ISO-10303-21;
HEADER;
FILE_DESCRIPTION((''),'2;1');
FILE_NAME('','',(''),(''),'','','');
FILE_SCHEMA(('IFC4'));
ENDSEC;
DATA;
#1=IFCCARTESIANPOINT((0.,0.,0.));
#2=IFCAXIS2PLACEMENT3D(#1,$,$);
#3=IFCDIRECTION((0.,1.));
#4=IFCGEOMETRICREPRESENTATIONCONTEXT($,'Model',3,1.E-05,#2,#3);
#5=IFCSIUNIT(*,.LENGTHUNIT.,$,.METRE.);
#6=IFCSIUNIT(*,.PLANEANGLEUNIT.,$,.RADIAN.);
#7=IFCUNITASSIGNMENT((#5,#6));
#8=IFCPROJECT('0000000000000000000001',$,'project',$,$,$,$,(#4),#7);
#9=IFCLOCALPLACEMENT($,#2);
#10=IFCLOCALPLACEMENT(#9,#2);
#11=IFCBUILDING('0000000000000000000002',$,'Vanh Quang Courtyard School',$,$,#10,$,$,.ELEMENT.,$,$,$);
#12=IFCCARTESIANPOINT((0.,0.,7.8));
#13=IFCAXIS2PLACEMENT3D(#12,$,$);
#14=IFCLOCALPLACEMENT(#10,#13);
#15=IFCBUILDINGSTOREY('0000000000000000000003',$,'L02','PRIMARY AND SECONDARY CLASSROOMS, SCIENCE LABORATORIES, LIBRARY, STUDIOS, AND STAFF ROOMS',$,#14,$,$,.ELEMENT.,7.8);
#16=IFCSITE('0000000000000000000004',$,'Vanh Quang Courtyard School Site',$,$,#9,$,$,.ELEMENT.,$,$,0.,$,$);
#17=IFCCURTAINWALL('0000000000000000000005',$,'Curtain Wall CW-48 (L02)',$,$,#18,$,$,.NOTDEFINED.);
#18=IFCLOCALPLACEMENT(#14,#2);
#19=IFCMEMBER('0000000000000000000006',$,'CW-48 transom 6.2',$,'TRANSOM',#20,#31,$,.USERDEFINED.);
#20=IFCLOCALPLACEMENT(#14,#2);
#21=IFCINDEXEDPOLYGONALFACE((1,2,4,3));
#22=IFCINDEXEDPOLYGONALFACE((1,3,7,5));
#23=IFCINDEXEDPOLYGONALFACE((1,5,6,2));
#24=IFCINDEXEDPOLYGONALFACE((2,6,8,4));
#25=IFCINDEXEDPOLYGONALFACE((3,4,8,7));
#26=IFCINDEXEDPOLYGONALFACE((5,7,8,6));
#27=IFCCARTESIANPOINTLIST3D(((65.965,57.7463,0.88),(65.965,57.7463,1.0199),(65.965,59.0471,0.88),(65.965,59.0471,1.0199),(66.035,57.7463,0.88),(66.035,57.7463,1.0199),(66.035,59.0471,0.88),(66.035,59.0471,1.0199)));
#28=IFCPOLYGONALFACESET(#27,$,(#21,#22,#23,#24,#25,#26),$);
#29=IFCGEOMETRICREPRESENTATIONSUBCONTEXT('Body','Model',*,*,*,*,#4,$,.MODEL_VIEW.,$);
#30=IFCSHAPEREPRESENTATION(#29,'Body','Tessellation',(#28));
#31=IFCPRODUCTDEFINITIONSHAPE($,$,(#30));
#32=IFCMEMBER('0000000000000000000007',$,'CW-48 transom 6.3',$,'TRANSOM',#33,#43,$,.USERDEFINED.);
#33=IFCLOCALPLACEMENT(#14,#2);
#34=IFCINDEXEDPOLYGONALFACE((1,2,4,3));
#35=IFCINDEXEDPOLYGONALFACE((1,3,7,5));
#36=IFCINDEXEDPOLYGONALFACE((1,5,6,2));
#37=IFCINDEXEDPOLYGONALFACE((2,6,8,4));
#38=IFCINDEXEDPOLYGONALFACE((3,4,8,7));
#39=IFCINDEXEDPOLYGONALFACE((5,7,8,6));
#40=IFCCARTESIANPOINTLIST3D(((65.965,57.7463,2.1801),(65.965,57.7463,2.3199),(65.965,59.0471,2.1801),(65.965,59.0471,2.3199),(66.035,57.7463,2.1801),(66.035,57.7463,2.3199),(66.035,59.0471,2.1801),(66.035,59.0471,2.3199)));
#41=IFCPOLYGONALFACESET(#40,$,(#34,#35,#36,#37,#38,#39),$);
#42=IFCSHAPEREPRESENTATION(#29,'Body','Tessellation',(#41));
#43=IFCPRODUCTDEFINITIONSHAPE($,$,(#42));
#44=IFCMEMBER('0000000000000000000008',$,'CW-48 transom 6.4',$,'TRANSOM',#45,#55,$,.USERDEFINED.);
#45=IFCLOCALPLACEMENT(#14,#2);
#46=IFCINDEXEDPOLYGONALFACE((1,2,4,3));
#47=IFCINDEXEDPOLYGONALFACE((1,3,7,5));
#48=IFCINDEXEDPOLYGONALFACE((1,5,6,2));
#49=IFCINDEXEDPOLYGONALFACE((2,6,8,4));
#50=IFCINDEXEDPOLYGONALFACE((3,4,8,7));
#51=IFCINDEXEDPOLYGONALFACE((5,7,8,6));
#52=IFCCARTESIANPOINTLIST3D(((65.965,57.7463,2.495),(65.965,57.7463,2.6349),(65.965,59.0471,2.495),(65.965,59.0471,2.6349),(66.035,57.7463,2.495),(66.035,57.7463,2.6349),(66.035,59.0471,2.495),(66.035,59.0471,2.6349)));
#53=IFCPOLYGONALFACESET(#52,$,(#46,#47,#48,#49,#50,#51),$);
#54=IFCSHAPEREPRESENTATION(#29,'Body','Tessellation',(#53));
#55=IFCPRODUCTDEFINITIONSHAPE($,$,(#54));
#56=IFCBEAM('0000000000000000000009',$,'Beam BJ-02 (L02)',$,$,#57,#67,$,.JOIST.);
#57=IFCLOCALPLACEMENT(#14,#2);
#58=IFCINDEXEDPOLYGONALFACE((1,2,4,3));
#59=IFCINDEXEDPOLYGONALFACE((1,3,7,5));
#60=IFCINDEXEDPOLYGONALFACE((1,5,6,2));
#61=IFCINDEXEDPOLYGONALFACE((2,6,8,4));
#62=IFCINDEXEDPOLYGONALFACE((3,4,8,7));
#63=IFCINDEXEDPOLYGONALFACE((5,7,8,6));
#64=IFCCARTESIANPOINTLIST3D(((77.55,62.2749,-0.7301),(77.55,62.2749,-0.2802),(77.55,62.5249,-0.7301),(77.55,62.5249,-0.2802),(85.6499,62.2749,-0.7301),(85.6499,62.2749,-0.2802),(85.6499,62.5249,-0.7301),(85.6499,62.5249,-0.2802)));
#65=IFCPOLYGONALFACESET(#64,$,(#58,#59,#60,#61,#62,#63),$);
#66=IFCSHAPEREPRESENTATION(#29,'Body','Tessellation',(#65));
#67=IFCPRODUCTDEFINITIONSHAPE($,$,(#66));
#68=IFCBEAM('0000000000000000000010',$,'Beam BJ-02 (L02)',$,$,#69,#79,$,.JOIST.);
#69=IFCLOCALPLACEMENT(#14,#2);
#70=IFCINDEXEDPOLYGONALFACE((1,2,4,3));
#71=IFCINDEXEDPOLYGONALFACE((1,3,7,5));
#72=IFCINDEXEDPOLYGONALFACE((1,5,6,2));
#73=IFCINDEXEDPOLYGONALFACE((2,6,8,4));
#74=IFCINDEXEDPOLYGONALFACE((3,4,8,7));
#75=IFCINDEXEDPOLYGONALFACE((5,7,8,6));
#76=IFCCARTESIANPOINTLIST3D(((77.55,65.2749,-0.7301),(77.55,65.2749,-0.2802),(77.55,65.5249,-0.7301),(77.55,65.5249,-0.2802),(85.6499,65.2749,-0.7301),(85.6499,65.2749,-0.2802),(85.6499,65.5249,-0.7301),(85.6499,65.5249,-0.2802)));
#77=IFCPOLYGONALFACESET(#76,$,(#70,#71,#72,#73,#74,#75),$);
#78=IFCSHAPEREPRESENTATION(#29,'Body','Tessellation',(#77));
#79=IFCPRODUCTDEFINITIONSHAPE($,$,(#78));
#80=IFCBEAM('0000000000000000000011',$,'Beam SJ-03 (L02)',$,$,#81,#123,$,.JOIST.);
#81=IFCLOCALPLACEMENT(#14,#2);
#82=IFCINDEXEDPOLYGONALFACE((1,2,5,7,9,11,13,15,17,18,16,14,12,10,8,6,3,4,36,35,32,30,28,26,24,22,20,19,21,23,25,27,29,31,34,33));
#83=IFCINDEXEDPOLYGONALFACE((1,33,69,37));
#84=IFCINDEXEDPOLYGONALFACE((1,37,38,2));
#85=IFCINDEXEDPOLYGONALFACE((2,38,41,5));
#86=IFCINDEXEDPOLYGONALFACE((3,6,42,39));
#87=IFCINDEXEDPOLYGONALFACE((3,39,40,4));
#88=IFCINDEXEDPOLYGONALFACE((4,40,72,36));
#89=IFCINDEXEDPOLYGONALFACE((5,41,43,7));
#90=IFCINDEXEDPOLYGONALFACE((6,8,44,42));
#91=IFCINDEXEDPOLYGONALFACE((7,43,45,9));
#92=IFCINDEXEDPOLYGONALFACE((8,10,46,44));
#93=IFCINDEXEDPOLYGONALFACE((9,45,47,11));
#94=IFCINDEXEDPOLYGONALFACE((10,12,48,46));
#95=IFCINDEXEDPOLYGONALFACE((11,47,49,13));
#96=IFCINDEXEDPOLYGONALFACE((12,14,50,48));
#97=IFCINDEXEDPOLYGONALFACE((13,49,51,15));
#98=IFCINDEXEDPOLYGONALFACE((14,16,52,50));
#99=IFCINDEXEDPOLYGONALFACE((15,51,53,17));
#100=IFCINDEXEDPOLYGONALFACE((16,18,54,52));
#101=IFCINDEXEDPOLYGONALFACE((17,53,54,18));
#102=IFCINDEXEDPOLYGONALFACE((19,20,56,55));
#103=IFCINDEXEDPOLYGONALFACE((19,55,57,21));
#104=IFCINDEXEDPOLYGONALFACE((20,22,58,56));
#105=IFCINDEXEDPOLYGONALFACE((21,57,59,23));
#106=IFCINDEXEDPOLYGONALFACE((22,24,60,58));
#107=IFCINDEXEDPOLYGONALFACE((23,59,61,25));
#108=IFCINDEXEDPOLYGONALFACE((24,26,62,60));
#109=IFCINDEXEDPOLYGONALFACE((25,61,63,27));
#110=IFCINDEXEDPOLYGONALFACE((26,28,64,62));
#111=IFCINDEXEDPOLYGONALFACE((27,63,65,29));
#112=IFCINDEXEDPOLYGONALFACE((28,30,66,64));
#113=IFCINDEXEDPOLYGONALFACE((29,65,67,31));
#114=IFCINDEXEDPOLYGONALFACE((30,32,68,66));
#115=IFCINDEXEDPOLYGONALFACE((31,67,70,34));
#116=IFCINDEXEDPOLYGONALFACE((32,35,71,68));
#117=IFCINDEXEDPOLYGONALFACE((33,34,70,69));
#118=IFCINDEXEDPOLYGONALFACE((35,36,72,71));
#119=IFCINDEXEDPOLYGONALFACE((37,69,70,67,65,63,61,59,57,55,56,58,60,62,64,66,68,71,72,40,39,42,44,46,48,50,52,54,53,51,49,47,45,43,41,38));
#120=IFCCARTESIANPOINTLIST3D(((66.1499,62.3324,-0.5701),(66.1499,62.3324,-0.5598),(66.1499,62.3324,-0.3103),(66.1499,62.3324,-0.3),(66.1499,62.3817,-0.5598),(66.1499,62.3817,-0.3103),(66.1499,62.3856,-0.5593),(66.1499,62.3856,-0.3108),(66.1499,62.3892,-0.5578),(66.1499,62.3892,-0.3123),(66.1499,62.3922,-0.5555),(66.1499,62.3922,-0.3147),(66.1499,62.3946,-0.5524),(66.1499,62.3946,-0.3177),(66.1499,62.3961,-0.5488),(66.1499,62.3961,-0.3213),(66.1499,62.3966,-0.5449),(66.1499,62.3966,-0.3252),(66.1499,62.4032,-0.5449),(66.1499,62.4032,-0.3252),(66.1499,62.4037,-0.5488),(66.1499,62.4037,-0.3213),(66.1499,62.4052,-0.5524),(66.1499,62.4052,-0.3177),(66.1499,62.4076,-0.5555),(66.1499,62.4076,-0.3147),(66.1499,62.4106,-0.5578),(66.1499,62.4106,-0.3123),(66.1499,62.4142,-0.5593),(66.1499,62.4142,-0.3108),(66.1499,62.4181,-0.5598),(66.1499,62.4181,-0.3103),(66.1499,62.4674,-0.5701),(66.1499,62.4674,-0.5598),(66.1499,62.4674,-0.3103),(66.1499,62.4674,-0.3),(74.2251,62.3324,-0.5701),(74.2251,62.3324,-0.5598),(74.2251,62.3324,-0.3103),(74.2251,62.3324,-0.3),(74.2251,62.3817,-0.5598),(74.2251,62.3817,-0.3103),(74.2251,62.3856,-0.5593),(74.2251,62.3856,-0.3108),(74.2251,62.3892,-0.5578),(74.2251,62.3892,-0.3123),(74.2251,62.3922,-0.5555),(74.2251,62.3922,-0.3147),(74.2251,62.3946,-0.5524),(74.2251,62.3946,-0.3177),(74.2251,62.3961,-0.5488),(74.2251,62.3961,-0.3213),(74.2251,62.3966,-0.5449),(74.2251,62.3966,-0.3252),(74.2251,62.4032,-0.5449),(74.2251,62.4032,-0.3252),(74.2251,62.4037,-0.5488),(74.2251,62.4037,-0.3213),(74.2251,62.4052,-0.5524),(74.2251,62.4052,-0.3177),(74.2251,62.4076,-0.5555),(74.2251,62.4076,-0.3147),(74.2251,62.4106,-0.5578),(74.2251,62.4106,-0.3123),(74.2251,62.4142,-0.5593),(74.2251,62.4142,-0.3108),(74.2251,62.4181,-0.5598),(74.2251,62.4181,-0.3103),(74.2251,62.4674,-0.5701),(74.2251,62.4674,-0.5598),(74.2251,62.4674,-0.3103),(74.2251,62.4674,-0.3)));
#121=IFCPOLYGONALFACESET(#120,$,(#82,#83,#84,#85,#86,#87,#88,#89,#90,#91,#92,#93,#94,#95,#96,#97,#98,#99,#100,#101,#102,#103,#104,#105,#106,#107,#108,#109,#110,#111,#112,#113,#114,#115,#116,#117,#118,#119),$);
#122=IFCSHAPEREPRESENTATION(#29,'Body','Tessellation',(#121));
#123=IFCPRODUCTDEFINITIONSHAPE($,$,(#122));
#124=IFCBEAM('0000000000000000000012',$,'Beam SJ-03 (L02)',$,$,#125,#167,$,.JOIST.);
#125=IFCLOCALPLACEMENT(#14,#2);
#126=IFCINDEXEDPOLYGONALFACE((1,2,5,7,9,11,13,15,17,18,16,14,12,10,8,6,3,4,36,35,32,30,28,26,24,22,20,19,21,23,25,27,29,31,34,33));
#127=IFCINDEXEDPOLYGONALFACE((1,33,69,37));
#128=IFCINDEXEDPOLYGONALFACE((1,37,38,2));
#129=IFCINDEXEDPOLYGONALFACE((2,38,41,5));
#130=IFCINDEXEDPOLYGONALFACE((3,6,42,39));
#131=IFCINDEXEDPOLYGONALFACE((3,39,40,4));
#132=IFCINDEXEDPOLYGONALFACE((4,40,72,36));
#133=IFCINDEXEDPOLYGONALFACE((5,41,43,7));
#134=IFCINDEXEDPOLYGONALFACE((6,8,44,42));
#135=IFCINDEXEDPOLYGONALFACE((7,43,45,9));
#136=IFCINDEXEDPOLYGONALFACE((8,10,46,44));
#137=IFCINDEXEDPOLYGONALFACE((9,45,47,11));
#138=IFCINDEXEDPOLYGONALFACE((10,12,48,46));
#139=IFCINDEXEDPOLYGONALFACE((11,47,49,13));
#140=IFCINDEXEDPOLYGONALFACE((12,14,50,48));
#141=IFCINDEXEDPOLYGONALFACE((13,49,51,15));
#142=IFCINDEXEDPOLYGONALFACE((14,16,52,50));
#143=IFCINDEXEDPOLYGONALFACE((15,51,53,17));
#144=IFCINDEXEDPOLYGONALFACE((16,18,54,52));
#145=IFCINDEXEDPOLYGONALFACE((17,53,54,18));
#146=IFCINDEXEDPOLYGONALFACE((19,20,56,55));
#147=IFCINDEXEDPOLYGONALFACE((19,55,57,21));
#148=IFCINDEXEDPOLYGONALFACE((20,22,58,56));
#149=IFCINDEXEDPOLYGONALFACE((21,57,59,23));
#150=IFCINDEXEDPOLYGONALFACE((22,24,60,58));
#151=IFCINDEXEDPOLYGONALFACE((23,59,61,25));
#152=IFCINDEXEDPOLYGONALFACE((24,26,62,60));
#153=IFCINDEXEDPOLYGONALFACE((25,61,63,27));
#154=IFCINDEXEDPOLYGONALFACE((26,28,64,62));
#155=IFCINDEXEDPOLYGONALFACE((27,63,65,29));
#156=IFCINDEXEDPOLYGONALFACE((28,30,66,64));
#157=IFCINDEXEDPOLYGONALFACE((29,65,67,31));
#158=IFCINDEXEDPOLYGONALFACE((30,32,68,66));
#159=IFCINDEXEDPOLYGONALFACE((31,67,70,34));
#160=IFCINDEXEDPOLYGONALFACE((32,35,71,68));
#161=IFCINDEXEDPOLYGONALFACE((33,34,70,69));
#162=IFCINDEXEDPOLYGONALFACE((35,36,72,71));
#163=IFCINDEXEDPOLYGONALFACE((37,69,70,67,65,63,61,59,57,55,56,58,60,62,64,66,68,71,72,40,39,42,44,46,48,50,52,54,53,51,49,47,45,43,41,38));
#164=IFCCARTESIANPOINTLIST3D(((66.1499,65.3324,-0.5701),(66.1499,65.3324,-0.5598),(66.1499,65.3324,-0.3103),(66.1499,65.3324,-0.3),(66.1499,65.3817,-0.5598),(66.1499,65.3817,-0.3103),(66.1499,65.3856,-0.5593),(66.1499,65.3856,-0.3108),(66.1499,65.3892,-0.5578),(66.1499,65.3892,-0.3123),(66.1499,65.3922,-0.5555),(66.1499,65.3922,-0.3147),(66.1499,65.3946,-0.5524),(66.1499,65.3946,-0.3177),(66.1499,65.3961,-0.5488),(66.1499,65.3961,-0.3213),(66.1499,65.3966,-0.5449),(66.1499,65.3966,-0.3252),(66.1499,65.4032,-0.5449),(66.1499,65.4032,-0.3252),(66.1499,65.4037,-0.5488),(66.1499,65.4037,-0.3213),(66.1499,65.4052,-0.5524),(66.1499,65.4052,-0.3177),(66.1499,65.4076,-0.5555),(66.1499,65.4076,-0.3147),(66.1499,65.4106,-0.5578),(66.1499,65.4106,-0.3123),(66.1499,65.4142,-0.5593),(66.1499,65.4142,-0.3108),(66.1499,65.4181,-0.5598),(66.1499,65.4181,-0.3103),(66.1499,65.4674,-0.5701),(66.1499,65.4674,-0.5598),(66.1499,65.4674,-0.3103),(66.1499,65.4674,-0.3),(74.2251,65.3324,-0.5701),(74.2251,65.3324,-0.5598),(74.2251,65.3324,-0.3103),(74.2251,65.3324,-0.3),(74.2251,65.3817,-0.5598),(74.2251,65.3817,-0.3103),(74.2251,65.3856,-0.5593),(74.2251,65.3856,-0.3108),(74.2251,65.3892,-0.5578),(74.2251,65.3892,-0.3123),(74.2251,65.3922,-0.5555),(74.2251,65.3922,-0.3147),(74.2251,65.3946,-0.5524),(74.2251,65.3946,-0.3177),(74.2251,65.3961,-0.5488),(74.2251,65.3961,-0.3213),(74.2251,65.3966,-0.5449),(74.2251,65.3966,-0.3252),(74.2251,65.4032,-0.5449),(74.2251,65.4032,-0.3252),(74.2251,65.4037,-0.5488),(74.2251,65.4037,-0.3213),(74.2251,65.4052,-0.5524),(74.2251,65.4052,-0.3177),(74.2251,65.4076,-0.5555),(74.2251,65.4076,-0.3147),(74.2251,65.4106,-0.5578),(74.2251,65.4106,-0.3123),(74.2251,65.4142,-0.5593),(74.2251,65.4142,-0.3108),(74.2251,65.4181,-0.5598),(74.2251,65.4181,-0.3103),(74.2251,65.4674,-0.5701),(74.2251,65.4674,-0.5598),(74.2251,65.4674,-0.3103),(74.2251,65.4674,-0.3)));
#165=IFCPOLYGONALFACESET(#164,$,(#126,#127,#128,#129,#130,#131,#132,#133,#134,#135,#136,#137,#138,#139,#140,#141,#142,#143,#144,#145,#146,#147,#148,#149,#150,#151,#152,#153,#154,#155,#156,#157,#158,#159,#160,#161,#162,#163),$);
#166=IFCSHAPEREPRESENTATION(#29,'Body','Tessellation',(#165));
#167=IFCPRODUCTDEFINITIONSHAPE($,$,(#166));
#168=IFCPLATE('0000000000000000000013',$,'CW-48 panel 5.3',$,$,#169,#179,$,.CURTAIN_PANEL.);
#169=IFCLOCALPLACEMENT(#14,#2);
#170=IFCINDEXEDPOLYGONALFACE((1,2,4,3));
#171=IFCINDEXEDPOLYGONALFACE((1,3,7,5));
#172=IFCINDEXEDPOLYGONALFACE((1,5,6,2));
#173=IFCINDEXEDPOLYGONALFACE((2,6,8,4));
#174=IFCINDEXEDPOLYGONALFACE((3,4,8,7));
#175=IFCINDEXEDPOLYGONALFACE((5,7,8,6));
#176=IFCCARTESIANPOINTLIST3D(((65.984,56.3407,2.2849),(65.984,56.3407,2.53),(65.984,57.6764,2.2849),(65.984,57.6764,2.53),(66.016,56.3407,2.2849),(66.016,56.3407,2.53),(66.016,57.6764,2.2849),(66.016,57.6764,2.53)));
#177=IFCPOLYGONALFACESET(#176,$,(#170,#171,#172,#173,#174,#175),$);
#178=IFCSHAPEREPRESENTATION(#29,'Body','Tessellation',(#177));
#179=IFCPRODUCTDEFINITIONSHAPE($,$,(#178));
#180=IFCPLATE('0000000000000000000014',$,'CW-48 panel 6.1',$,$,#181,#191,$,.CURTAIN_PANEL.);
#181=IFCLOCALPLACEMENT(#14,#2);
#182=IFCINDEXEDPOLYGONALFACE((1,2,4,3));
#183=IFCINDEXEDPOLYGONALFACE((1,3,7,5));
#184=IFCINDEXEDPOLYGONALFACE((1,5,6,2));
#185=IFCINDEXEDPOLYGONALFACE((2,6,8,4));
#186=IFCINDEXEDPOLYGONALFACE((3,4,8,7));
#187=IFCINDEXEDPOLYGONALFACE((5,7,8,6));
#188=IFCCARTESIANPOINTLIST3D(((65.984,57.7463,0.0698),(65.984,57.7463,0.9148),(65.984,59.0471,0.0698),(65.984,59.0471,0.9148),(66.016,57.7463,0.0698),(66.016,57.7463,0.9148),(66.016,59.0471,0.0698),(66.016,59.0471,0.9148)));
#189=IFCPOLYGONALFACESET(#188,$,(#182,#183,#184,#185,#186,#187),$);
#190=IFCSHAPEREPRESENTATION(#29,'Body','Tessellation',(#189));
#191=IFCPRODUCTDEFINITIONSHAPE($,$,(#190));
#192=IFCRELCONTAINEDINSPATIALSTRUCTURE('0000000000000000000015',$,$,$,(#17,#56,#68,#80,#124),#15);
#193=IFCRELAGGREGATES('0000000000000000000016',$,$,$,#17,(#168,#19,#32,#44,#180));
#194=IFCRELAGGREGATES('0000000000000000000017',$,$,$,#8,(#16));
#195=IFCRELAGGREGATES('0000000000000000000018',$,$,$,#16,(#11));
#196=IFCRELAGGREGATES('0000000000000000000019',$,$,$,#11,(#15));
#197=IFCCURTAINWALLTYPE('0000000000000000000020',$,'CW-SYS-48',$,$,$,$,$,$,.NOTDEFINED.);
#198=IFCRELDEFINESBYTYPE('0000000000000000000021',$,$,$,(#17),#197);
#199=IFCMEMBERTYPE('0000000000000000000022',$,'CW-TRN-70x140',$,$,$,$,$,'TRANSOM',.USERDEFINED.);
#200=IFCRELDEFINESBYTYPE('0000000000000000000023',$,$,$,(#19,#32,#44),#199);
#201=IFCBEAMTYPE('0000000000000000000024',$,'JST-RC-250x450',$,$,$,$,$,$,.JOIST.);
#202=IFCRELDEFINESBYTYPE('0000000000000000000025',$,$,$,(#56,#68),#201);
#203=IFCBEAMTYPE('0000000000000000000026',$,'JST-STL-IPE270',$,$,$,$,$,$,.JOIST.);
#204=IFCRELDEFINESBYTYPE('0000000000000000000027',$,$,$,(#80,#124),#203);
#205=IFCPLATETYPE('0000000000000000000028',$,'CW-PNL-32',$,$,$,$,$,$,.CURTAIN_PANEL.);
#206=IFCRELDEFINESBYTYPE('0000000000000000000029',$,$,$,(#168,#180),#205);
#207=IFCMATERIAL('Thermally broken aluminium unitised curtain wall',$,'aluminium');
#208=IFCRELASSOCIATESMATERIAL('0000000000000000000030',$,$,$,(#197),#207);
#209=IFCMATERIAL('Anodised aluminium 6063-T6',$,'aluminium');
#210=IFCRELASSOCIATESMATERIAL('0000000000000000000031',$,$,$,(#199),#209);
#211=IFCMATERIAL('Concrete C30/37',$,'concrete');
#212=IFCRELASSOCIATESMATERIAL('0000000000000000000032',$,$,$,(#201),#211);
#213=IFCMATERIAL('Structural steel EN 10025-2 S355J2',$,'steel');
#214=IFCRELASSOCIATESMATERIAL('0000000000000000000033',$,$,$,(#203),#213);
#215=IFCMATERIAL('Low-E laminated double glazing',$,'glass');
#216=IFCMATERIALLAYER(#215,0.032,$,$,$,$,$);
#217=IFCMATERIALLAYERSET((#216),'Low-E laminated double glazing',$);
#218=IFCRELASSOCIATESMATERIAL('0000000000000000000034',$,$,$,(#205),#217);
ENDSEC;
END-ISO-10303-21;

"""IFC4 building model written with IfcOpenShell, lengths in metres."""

from ifc_helpers import new_model, si_unit, direction, frame, origin, origin_2d, place, context, subcontext, project, spatial, rectangle, i_section, extrude, material, layer, layer_set, material_profile, profile_set, type_object, element, aggregate, save


model = new_model("IFC4")

# Units and contexts
model_context = context("Model", 3, precision=1e-05, world=origin(), true_north=direction((0.0, 1.0)))
body_context = subcontext(model_context, "Body", "Model", "MODEL_VIEW")
ifc_project = project(units=[si_unit("LENGTHUNIT", "METRE"), si_unit("PLANEANGLEUNIT", "RADIAN")], contexts=[model_context])

# Site, building, storey
site_placement = place(None, origin())
site = spatial("IfcSite", under=ifc_project, at=site_placement, Name="Vanh Quang Courtyard School Site", CompositionType="ELEMENT", RefElevation=0.0)
building_placement = place(site_placement, origin())
building = spatial("IfcBuilding", under=site, at=building_placement, Name="Vanh Quang Courtyard School", CompositionType="ELEMENT")
storey_placement = place(building_placement, frame((0.0, 0.0, 7.8)))
storey = spatial("IfcBuildingStorey", under=building, at=storey_placement, Name="L02", Description="PRIMARY AND SECONDARY CLASSROOMS, SCIENCE LABORATORIES, LIBRARY, STUDIOS, AND STAFF ROOMS", CompositionType="ELEMENT", Elevation=7.8)

# Curtain wall, members
ifc_material_1 = material(Name="Thermally broken aluminium unitised curtain wall", Category="aluminium")
curtain_wall_type = type_object("IfcCurtainWallType", Name="CW-SYS-48", PredefinedType="NOTDEFINED", material=ifc_material_1)
curtain_wall_placement = place(storey_placement, origin())
curtain_wall = element("IfcCurtainWall", 1, at=curtain_wall_placement, inside=storey, type_object=curtain_wall_type, Name="Curtain Wall CW-48 (L02)", PredefinedType="NOTDEFINED")
ifc_material_2 = material(Name="Anodised aluminium 6063-T6", Category="aluminium")
ifc_material_profile_1 = material_profile(ifc_material_2, rectangle(XDim=0.0701, YDim=0.1399, at=origin_2d()), Name="ALU-TRN 70x140")
ifc_profile_set_1 = profile_set([ifc_material_profile_1], Name="Anodised aluminium 6063-T6")
member_type_1 = type_object("IfcMemberType", Name="CW-TRN-70x140", ElementType="TRANSOM", PredefinedType="USERDEFINED", material=ifc_profile_set_1)
member_1_placement = place(storey_placement, frame((66.0, 57.7463, 0.95), z_axis=(0.0, 1.0, 0.0), x_axis=(-1.0, 0.0, 0.0)))
member_1 = element("IfcMember", 2, at=member_1_placement, type_object=member_type_1, Name="CW-48 transom 6.2", ObjectType="TRANSOM", PredefinedType="USERDEFINED", context=body_context, shape_type="SweptSolid", body=[
    extrude(rectangle(XDim=0.0701, YDim=0.1399, at=origin_2d()), origin(), (0.0, 0.0, 1.0), 1.3008),
])
member_2_placement = place(storey_placement, frame((66.0, 57.7463, 2.25), z_axis=(0.0, 1.0, 0.0), x_axis=(-1.0, 0.0, 0.0)))
member_2 = element("IfcMember", 3, at=member_2_placement, type_object=member_type_1, Name="CW-48 transom 6.3", ObjectType="TRANSOM", PredefinedType="USERDEFINED", context=body_context, shape_type="SweptSolid", body=[
    extrude(rectangle(XDim=0.0701, YDim=0.1399, at=origin_2d()), origin(), (0.0, 0.0, 1.0), 1.3008),
])
member_3_placement = place(storey_placement, frame((66.0, 57.7463, 2.5649), z_axis=(0.0, 1.0, 0.0), x_axis=(-1.0, 0.0, 0.0)))
member_3 = element("IfcMember", 4, at=member_3_placement, type_object=member_type_1, Name="CW-48 transom 6.4", ObjectType="TRANSOM", PredefinedType="USERDEFINED", context=body_context, shape_type="SweptSolid", body=[
    extrude(rectangle(XDim=0.0701, YDim=0.1399, at=origin_2d()), origin(), (0.0, 0.0, 1.0), 1.3008),
])

# Beams
ifc_material_3 = material(Name="Concrete C30/37", Category="concrete")
ifc_material_profile_2 = material_profile(ifc_material_3, rectangle(XDim=0.25, YDim=0.45, at=origin_2d()), Name="RC-JST 250x450")
ifc_profile_set_2 = profile_set([ifc_material_profile_2], Name="Concrete C30/37")
beam_type_1 = type_object("IfcBeamType", Name="JST-RC-250x450", PredefinedType="JOIST", material=ifc_profile_set_2)
for number, where, z_axis, x_axis, name in (
    (5, (77.55, 62.3999, -0.5051), (1.0, 0.0, 0.0), (0.0, 1.0, 0.0), "Beam BJ-02 (L02)"),
    (6, (77.55, 65.3999, -0.5051), (1.0, 0.0, 0.0), (0.0, 1.0, 0.0), "Beam BJ-02 (L02)"),
):
    element("IfcBeam", number, at=place(storey_placement, frame(where, z_axis=z_axis, x_axis=x_axis)), inside=storey, type_object=beam_type_1, Name=name, PredefinedType="JOIST", context=body_context, shape_type="SweptSolid", body=[
        extrude(rectangle(XDim=0.25, YDim=0.45, at=origin_2d()), origin(), (0.0, 0.0, 1.0), 8.0999),
    ])
ifc_material_4 = material(Name="Structural steel EN 10025-2 S355J2", Category="steel")
ifc_material_profile_3 = material_profile(ifc_material_4, i_section(OverallWidth=0.135, OverallDepth=0.27, WebThickness=0.0066, FlangeThickness=0.0103, FilletRadius=0.0149, at=origin_2d()), Name="IPE 270")
ifc_profile_set_3 = profile_set([ifc_material_profile_3], Name="Structural steel EN 10025-2 S355J2")
beam_type_2 = type_object("IfcBeamType", Name="JST-STL-IPE270", PredefinedType="JOIST", material=ifc_profile_set_3)
for number, where, z_axis, x_axis, name in (
    (7, (66.1499, 62.3999, -0.4351), (1.0, 0.0, 0.0), (0.0, 1.0, 0.0), "Beam SJ-03 (L02)"),
    (8, (66.1499, 65.3999, -0.4351), (1.0, 0.0, 0.0), (0.0, 1.0, 0.0), "Beam SJ-03 (L02)"),
):
    element("IfcBeam", number, at=place(storey_placement, frame(where, z_axis=z_axis, x_axis=x_axis)), inside=storey, type_object=beam_type_2, Name=name, PredefinedType="JOIST", context=body_context, shape_type="SweptSolid", body=[
        extrude(i_section(OverallWidth=0.135, OverallDepth=0.27, WebThickness=0.0066, FlangeThickness=0.0103, FilletRadius=0.0149, at=origin_2d()), origin(), (0.0, 0.0, 1.0), 8.0752),
    ])

# Plates
ifc_material_5 = material(Name="Low-E laminated double glazing", Category="glass")
ifc_layer_1 = layer(ifc_material_5, 0.032)
ifc_layer_set_1 = layer_set([ifc_layer_1], Name="Low-E laminated double glazing")
plate_type = type_object("IfcPlateType", Name="CW-PNL-32", PredefinedType="CURTAIN_PANEL", material=ifc_layer_set_1)
plate_1_placement = place(storey_placement, frame((66.0, 57.0085, 2.2849), z_axis=(0.0, 0.0, 1.0), x_axis=(0.0, 1.0, 0.0)))
plate_1 = element("IfcPlate", 9, at=plate_1_placement, type_object=plate_type, Name="CW-48 panel 5.3", PredefinedType="CURTAIN_PANEL", context=body_context, shape_type="SweptSolid", body=[
    extrude(rectangle(XDim=1.3357, YDim=0.032, at=origin_2d()), origin(), (0.0, 0.0, 1.0), 0.2451),
])
plate_2_placement = place(storey_placement, frame((66.0, 58.3967, 0.0698), z_axis=(0.0, 0.0, 1.0), x_axis=(0.0, 1.0, 0.0)))
plate_2 = element("IfcPlate", 10, at=plate_2_placement, type_object=plate_type, Name="CW-48 panel 6.1", PredefinedType="CURTAIN_PANEL", context=body_context, shape_type="SweptSolid", body=[
    extrude(rectangle(XDim=1.3008, YDim=0.032, at=origin_2d()), origin(), (0.0, 0.0, 1.0), 0.845),
])
aggregate(curtain_wall, [plate_1, member_1, member_2, member_3, plate_2])

save(model, "model.ifc")
